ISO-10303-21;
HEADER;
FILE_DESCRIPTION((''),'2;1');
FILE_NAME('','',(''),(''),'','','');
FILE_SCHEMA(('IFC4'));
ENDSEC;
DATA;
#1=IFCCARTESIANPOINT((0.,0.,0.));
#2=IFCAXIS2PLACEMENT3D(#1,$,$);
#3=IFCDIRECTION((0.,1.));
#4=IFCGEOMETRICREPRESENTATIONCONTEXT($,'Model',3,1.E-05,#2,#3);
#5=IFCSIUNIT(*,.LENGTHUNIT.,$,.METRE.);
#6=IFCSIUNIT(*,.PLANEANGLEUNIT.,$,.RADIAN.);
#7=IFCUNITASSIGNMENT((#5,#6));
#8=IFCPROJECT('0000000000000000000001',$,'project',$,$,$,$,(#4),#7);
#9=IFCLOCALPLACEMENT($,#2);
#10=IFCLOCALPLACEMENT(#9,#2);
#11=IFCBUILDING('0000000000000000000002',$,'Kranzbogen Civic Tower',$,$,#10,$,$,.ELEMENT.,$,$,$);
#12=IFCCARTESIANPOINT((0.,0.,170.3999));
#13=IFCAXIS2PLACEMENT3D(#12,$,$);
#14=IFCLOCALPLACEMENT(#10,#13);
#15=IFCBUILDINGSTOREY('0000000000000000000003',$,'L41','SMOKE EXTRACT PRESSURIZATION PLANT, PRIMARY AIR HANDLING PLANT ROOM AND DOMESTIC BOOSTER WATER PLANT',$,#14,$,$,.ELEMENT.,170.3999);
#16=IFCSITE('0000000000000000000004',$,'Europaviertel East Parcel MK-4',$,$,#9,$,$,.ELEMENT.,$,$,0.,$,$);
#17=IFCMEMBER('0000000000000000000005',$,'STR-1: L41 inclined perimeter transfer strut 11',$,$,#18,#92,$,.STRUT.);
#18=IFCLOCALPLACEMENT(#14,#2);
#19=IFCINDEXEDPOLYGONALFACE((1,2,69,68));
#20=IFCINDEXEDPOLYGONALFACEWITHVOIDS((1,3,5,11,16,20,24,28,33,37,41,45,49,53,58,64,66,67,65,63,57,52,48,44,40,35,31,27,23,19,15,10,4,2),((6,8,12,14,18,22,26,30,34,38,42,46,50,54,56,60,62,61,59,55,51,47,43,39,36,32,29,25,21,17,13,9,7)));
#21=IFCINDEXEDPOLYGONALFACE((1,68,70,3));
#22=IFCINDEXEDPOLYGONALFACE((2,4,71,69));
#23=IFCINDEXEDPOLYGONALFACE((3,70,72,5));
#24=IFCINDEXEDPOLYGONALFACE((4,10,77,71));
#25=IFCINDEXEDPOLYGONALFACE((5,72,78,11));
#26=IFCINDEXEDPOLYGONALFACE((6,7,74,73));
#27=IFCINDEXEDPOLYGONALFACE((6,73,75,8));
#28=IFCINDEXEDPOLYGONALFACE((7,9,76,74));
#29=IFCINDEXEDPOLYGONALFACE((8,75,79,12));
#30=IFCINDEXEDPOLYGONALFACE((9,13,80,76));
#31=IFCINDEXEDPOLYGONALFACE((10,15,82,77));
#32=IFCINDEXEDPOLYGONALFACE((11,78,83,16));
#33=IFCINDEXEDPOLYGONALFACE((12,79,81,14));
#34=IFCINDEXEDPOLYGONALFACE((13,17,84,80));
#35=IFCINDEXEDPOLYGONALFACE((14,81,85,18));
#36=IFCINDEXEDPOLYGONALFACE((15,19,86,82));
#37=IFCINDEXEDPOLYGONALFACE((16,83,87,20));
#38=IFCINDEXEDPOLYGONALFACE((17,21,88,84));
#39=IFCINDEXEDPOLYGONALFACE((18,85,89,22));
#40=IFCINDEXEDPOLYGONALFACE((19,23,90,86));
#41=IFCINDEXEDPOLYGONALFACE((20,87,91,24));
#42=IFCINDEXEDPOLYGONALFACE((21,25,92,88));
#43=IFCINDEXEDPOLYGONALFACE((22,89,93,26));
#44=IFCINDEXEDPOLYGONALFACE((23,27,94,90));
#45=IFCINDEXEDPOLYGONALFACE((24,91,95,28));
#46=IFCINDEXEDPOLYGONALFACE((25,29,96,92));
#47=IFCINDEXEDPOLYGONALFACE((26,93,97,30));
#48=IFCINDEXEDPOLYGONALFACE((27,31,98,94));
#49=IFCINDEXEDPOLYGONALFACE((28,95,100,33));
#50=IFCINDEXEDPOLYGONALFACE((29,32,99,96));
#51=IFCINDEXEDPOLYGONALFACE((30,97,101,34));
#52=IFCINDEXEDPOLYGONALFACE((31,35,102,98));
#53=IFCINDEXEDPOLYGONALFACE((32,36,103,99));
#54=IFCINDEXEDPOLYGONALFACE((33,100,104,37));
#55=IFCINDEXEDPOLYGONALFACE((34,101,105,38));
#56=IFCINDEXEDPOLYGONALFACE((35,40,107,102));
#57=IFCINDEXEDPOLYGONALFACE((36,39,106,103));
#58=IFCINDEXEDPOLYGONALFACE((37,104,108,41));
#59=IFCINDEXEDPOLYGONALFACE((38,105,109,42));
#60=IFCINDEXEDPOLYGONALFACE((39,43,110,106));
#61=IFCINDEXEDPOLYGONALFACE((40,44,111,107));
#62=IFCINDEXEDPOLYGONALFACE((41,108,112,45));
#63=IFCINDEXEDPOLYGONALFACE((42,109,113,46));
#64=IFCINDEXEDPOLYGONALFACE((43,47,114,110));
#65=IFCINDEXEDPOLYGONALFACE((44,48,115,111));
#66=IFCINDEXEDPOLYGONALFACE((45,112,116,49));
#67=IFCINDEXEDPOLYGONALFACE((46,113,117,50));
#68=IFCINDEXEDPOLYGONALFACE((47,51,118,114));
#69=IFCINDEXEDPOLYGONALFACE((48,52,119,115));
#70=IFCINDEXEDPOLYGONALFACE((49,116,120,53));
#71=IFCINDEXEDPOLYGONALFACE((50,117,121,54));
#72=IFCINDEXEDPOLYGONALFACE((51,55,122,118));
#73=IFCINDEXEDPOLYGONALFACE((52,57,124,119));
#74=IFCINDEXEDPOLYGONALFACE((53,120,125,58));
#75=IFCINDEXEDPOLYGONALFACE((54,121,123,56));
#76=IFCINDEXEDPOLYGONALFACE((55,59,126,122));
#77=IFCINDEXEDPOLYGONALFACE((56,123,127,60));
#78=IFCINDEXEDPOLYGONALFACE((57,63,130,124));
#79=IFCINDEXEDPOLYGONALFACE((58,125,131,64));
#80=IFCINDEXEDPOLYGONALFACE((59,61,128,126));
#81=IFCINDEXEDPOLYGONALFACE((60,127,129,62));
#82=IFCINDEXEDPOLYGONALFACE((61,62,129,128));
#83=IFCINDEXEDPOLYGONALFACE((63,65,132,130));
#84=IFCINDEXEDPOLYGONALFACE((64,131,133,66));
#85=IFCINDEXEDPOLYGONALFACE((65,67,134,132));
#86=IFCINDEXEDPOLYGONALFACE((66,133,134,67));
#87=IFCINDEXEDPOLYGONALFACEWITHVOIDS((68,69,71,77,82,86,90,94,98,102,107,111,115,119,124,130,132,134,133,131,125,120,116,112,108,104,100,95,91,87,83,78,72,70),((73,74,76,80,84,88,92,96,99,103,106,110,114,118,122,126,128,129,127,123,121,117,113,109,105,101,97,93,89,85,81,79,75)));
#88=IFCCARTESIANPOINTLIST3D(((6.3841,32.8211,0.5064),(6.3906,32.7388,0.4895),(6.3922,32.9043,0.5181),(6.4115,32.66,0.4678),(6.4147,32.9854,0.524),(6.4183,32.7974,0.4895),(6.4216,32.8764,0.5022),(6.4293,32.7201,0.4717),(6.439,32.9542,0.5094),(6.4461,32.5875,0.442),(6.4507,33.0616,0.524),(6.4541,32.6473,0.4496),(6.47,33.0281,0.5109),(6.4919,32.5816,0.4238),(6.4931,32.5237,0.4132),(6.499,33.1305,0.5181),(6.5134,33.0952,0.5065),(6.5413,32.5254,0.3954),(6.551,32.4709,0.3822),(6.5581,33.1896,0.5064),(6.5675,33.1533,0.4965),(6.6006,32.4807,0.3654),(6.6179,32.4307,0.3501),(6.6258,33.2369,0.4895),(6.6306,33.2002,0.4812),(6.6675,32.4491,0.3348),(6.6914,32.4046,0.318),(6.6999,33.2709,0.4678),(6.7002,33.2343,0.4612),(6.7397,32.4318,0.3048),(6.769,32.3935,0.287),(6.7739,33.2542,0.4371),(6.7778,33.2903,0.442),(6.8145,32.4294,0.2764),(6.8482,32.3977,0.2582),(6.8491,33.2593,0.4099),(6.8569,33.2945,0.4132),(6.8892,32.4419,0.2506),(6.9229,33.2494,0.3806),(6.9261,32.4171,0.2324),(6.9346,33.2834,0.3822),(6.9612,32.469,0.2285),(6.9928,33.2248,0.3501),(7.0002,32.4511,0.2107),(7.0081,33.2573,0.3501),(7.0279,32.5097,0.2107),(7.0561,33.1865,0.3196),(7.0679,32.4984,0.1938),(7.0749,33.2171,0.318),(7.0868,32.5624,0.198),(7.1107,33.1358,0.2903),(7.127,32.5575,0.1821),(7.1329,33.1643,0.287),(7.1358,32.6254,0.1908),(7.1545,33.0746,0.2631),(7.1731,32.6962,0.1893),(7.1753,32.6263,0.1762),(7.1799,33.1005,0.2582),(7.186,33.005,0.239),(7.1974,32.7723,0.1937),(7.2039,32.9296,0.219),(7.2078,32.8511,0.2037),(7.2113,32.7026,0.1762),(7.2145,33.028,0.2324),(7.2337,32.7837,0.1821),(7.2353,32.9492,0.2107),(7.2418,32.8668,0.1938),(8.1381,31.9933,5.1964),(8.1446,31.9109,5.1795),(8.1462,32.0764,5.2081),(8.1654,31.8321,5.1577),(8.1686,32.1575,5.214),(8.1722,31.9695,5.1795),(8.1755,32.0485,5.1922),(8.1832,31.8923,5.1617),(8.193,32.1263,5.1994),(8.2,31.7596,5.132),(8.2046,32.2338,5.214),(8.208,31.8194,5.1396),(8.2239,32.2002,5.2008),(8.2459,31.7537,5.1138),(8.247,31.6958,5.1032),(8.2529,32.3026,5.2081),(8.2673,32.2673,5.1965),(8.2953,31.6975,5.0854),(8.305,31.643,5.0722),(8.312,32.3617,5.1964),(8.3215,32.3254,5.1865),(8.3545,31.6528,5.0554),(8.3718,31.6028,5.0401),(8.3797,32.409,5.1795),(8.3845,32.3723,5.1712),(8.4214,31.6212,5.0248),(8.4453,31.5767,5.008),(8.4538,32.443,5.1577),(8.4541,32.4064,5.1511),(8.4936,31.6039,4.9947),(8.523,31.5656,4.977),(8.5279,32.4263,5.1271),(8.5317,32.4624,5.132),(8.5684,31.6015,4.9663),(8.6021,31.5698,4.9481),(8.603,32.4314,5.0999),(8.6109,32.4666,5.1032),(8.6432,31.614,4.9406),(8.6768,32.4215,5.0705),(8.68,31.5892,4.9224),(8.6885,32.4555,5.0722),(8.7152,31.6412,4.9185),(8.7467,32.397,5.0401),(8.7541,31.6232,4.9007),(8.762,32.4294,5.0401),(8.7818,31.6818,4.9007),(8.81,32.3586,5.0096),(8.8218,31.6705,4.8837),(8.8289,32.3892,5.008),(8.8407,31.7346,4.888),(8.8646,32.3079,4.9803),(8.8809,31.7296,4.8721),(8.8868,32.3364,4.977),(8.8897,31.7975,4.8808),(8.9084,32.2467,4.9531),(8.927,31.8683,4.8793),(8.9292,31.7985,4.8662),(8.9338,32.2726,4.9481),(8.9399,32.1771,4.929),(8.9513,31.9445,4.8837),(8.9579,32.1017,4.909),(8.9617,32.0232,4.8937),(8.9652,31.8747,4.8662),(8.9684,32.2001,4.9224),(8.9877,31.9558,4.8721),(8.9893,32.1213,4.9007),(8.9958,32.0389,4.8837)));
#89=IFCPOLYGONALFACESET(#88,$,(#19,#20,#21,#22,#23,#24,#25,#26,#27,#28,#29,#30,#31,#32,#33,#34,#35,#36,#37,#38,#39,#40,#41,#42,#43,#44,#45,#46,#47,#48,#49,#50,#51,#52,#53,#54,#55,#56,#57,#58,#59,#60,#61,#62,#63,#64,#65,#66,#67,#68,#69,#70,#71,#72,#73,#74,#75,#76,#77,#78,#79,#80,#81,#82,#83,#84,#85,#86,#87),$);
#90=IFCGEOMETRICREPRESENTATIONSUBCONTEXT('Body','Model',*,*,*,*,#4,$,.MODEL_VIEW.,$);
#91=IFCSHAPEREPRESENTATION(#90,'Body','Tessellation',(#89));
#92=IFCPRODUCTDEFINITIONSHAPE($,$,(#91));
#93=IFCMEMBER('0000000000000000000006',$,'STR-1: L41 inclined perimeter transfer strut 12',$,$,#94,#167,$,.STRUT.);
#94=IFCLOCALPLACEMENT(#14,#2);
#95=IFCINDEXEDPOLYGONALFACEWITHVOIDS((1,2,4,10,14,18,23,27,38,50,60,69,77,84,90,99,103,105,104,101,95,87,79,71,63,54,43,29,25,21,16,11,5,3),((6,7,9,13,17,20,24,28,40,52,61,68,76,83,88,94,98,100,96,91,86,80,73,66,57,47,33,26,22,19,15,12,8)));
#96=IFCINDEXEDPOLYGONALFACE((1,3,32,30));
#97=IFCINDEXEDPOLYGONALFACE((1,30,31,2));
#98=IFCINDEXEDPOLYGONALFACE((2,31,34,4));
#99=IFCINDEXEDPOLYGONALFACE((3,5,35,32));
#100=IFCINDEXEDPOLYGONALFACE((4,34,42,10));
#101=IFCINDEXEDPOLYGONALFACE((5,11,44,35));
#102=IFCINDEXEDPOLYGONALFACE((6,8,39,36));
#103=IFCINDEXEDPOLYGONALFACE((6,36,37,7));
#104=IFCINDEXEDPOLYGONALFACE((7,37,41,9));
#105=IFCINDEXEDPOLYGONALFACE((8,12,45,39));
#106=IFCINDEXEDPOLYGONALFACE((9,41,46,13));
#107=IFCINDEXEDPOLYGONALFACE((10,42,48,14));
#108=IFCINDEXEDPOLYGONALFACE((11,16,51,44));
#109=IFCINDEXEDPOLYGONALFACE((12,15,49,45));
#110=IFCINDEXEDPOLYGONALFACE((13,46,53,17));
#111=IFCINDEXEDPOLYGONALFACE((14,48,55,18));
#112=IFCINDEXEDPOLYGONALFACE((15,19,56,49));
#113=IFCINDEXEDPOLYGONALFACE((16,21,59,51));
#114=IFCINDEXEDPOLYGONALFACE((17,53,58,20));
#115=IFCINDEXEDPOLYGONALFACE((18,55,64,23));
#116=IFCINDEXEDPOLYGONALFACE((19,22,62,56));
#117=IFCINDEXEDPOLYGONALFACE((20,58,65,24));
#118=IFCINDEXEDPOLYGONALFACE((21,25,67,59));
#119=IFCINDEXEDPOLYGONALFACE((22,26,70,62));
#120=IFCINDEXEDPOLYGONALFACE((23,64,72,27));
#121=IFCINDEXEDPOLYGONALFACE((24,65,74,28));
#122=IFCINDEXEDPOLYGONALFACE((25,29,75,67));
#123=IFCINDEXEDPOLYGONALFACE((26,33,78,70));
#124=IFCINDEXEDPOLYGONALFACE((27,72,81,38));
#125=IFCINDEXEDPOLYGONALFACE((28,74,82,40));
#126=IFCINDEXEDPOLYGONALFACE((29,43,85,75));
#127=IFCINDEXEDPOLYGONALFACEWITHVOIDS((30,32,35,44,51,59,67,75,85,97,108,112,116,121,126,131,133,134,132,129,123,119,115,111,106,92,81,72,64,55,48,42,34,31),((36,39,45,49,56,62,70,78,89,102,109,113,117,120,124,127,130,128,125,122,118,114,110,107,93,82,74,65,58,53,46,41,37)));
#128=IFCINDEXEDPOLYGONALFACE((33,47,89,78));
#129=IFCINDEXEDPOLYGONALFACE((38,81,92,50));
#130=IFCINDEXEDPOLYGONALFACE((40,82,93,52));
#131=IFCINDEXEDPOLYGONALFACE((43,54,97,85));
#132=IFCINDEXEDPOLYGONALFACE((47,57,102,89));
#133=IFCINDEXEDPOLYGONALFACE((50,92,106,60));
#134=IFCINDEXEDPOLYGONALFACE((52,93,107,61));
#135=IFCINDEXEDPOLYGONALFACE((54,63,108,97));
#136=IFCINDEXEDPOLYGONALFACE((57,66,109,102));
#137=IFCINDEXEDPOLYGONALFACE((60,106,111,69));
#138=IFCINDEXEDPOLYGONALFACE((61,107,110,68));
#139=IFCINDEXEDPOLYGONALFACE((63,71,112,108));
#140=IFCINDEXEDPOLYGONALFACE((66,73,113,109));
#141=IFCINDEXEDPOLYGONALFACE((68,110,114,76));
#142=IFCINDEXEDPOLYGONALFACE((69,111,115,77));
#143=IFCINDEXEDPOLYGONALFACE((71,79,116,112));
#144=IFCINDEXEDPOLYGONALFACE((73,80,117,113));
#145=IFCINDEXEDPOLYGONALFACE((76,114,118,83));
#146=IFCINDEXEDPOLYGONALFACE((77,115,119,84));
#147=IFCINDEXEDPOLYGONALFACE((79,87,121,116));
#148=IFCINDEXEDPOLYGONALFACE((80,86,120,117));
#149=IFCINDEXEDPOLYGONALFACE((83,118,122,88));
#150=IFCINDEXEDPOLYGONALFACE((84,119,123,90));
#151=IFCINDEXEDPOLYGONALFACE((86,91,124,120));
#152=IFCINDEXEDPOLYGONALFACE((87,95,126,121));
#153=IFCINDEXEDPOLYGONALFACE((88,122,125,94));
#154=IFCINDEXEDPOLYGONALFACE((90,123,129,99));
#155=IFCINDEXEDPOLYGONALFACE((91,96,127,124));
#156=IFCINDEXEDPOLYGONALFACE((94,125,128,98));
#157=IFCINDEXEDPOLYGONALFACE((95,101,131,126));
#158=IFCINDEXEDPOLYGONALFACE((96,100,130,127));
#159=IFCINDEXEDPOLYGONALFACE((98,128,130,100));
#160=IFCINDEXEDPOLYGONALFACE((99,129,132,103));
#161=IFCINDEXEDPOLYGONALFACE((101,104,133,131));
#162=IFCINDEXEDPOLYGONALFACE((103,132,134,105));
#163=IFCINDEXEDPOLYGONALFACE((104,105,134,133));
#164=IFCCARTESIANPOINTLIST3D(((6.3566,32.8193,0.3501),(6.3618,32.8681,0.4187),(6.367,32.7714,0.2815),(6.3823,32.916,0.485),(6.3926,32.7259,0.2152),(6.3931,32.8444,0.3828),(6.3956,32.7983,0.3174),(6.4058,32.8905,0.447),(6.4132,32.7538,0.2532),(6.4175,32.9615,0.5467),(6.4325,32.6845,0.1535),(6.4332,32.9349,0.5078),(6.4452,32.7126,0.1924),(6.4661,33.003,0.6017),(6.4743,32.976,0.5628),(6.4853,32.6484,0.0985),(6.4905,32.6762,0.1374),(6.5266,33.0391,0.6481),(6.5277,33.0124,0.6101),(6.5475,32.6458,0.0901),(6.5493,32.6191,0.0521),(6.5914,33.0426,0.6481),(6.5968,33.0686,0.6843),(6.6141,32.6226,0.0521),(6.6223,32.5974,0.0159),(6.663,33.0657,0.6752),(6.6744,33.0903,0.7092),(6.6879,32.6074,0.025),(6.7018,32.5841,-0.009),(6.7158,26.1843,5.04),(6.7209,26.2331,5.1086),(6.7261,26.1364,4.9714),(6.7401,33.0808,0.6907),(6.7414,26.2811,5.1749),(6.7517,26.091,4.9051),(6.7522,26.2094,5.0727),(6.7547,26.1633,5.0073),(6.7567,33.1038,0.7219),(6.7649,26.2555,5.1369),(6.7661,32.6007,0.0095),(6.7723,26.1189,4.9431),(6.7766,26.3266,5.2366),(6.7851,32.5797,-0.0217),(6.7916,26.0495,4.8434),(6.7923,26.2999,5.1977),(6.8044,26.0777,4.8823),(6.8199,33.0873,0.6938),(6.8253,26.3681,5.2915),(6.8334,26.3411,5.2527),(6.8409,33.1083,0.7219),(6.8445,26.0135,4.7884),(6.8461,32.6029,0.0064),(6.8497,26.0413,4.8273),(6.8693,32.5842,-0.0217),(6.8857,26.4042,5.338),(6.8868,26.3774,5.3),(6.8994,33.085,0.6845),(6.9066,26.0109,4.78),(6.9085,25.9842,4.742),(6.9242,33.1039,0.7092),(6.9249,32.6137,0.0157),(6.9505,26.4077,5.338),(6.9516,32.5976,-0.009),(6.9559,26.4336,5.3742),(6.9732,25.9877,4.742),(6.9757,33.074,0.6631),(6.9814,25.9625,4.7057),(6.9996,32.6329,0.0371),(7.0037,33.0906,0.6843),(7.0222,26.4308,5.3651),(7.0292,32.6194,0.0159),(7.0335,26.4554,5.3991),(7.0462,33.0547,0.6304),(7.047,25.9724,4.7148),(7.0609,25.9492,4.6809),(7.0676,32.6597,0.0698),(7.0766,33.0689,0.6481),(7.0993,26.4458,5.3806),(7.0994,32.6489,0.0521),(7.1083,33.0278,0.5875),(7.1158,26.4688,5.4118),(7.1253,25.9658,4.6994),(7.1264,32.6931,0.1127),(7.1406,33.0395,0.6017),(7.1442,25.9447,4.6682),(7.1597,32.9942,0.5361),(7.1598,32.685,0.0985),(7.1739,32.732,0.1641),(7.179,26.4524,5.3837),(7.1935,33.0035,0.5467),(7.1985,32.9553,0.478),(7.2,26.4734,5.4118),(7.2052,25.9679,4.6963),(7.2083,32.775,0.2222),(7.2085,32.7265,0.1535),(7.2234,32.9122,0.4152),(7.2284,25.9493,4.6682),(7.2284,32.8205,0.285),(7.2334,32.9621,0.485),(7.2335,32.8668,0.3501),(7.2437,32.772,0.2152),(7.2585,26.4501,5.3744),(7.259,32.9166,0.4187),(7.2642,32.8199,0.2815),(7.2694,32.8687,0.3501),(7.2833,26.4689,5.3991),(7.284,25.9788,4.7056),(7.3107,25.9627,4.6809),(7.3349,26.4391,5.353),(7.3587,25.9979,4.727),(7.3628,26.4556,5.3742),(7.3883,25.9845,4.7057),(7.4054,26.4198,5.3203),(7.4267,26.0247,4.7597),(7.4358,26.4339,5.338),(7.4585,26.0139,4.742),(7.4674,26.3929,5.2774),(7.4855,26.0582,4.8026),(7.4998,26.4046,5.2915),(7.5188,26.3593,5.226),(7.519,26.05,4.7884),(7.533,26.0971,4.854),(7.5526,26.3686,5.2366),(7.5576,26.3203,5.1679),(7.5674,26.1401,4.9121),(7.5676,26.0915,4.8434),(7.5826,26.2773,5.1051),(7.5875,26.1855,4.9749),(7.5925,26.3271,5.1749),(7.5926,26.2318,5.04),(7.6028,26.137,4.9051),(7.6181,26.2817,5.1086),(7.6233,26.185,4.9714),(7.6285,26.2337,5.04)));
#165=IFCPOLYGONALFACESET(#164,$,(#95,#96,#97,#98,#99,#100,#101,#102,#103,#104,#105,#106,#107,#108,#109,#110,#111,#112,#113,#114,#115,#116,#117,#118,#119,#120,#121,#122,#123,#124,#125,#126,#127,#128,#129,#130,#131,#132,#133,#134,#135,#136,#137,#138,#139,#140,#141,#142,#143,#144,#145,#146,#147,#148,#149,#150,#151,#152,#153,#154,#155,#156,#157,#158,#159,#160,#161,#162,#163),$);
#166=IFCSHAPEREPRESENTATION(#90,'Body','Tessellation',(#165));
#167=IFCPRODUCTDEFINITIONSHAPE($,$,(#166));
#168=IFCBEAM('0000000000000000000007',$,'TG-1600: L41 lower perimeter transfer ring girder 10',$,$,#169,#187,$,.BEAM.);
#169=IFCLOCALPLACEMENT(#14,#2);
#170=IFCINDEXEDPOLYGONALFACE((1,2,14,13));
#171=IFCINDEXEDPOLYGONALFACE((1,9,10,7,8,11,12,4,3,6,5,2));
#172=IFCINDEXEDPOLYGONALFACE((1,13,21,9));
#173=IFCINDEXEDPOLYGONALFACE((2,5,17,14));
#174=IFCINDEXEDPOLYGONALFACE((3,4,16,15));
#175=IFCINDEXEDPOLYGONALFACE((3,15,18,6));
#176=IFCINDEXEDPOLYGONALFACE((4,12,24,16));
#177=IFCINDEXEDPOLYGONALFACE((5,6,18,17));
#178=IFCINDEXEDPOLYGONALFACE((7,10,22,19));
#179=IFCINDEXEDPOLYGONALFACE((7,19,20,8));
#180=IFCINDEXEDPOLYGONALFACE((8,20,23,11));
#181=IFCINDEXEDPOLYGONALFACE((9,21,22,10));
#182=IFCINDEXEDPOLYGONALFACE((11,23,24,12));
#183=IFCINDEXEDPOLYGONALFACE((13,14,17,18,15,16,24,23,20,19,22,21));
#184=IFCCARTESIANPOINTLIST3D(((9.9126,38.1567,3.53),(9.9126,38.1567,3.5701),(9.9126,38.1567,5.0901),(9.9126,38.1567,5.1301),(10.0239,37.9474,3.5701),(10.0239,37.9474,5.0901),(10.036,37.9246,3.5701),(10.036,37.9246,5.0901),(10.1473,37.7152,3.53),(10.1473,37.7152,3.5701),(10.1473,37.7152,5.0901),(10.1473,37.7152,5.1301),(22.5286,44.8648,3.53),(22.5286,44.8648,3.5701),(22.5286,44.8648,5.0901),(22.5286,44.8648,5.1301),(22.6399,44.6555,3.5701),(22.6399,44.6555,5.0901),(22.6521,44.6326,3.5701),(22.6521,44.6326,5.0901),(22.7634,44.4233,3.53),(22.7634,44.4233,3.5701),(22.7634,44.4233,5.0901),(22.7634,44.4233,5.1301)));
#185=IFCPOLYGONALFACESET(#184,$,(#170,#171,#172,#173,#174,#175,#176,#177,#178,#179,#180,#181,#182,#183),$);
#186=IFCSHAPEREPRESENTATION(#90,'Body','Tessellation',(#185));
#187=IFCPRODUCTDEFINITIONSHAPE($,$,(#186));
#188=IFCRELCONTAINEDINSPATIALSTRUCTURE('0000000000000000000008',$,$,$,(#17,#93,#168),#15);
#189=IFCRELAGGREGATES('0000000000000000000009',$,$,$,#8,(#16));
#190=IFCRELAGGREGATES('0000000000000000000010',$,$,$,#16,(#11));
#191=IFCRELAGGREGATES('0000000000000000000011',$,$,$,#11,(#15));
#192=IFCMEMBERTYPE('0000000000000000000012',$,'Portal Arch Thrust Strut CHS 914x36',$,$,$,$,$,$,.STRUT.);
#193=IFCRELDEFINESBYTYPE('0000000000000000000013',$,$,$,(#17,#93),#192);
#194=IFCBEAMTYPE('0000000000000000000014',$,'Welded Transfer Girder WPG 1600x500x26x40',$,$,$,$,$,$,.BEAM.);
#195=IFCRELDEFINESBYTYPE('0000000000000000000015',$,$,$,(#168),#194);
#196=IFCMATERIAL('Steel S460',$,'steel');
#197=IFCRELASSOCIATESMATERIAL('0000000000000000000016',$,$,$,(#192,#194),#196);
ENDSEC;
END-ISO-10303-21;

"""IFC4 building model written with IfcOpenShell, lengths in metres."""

from ifc_helpers import new_model, si_unit, direction, frame, origin, origin_2d, place, context, subcontext, project, spatial, hollow_circle, i_section, extrude, material, material_profile, profile_set, type_object, element, save


model = new_model("IFC4")

# Units and contexts
model_context = context("Model", 3, precision=1e-05, world=origin(), true_north=direction((0.0, 1.0)))
body_context = subcontext(model_context, "Body", "Model", "MODEL_VIEW")
ifc_project = project(units=[si_unit("LENGTHUNIT", "METRE"), si_unit("PLANEANGLEUNIT", "RADIAN")], contexts=[model_context])

# Site, building, storey
site_placement = place(None, origin())
site = spatial("IfcSite", under=ifc_project, at=site_placement, Name="Europaviertel East Parcel MK-4", CompositionType="ELEMENT", RefElevation=0.0)
building_placement = place(site_placement, origin())
building = spatial("IfcBuilding", under=site, at=building_placement, Name="Kranzbogen Civic Tower", CompositionType="ELEMENT")
storey_placement = place(building_placement, frame((0.0, 0.0, 170.3999)))
storey = spatial("IfcBuildingStorey", under=building, at=storey_placement, Name="L41", Description="SMOKE EXTRACT PRESSURIZATION PLANT, PRIMARY AIR HANDLING PLANT ROOM AND DOMESTIC BOOSTER WATER PLANT", CompositionType="ELEMENT", Elevation=170.3999)

# Members
ifc_material_1 = material(Name="Steel S460", Category="steel")
ifc_material_profile_1 = material_profile(ifc_material_1, hollow_circle(Radius=0.457, WallThickness=0.0359, at=origin_2d()), Name="CHS 914x36")
ifc_profile_set_1 = profile_set([ifc_material_profile_1], Name="Steel S460")
member_type_1 = type_object("IfcMemberType", Name="Portal Arch Thrust Strut CHS 914x36", PredefinedType="STRUT", material=ifc_profile_set_1)
member_1_placement = place(storey_placement, frame((6.813, 32.844, 0.3501), z_axis=(0.345587, -0.163124, 0.924099), x_axis=(0.426858, 0.904319, 0.0)))
element("IfcMember", 1, at=member_1_placement, inside=storey, type_object=member_type_1, Name="STR-1: L41 inclined perimeter transfer strut 11", PredefinedType="STRUT", context=body_context, shape_type="SweptSolid", body=[
    extrude(hollow_circle(Radius=0.457, WallThickness=0.0359, at=origin_2d()), origin(), (0.0, 0.0, 1.0), 5.0752),
])
member_2_placement = place(storey_placement, frame((6.813, 32.844, 0.3501), z_axis=(0.044157, -0.8158, 0.576646), x_axis=(0.998538, 0.054048, 0.0)))
element("IfcMember", 2, at=member_2_placement, inside=storey, type_object=member_type_1, Name="STR-1: L41 inclined perimeter transfer strut 12", PredefinedType="STRUT", context=body_context, shape_type="SweptSolid", body=[
    extrude(hollow_circle(Radius=0.457, WallThickness=0.0359, at=origin_2d()), origin(), (0.0, 0.0, 1.0), 8.1331),
])

# Beam
ifc_material_profile_2 = material_profile(ifc_material_1, i_section(OverallWidth=0.5, OverallDepth=1.6001, WebThickness=0.0259, FlangeThickness=0.04, at=origin_2d()), Name="WPG 1600x500x26x40")
ifc_profile_set_2 = profile_set([ifc_material_profile_2], Name="Steel S460")
beam_type = type_object("IfcBeamType", Name="Welded Transfer Girder WPG 1600x500x26x40", PredefinedType="BEAM", material=ifc_profile_set_2)
beam_1_placement = place(storey_placement, frame((22.646, 44.644, 4.3301), z_axis=(-0.882948, -0.46947, 0.0), x_axis=(0.46947, -0.882948, 0.0)))
element("IfcBeam", 3, at=beam_1_placement, inside=storey, type_object=beam_type, Name="TG-1600: L41 lower perimeter transfer ring girder 10", PredefinedType="BEAM", context=body_context, shape_type="SweptSolid", body=[
    extrude(i_section(OverallWidth=0.5, OverallDepth=1.6001, WebThickness=0.0259, FlangeThickness=0.04, at=origin_2d()), origin(), (0.0, 0.0, 1.0), 14.2886),
])

save(model, "model.ifc")
